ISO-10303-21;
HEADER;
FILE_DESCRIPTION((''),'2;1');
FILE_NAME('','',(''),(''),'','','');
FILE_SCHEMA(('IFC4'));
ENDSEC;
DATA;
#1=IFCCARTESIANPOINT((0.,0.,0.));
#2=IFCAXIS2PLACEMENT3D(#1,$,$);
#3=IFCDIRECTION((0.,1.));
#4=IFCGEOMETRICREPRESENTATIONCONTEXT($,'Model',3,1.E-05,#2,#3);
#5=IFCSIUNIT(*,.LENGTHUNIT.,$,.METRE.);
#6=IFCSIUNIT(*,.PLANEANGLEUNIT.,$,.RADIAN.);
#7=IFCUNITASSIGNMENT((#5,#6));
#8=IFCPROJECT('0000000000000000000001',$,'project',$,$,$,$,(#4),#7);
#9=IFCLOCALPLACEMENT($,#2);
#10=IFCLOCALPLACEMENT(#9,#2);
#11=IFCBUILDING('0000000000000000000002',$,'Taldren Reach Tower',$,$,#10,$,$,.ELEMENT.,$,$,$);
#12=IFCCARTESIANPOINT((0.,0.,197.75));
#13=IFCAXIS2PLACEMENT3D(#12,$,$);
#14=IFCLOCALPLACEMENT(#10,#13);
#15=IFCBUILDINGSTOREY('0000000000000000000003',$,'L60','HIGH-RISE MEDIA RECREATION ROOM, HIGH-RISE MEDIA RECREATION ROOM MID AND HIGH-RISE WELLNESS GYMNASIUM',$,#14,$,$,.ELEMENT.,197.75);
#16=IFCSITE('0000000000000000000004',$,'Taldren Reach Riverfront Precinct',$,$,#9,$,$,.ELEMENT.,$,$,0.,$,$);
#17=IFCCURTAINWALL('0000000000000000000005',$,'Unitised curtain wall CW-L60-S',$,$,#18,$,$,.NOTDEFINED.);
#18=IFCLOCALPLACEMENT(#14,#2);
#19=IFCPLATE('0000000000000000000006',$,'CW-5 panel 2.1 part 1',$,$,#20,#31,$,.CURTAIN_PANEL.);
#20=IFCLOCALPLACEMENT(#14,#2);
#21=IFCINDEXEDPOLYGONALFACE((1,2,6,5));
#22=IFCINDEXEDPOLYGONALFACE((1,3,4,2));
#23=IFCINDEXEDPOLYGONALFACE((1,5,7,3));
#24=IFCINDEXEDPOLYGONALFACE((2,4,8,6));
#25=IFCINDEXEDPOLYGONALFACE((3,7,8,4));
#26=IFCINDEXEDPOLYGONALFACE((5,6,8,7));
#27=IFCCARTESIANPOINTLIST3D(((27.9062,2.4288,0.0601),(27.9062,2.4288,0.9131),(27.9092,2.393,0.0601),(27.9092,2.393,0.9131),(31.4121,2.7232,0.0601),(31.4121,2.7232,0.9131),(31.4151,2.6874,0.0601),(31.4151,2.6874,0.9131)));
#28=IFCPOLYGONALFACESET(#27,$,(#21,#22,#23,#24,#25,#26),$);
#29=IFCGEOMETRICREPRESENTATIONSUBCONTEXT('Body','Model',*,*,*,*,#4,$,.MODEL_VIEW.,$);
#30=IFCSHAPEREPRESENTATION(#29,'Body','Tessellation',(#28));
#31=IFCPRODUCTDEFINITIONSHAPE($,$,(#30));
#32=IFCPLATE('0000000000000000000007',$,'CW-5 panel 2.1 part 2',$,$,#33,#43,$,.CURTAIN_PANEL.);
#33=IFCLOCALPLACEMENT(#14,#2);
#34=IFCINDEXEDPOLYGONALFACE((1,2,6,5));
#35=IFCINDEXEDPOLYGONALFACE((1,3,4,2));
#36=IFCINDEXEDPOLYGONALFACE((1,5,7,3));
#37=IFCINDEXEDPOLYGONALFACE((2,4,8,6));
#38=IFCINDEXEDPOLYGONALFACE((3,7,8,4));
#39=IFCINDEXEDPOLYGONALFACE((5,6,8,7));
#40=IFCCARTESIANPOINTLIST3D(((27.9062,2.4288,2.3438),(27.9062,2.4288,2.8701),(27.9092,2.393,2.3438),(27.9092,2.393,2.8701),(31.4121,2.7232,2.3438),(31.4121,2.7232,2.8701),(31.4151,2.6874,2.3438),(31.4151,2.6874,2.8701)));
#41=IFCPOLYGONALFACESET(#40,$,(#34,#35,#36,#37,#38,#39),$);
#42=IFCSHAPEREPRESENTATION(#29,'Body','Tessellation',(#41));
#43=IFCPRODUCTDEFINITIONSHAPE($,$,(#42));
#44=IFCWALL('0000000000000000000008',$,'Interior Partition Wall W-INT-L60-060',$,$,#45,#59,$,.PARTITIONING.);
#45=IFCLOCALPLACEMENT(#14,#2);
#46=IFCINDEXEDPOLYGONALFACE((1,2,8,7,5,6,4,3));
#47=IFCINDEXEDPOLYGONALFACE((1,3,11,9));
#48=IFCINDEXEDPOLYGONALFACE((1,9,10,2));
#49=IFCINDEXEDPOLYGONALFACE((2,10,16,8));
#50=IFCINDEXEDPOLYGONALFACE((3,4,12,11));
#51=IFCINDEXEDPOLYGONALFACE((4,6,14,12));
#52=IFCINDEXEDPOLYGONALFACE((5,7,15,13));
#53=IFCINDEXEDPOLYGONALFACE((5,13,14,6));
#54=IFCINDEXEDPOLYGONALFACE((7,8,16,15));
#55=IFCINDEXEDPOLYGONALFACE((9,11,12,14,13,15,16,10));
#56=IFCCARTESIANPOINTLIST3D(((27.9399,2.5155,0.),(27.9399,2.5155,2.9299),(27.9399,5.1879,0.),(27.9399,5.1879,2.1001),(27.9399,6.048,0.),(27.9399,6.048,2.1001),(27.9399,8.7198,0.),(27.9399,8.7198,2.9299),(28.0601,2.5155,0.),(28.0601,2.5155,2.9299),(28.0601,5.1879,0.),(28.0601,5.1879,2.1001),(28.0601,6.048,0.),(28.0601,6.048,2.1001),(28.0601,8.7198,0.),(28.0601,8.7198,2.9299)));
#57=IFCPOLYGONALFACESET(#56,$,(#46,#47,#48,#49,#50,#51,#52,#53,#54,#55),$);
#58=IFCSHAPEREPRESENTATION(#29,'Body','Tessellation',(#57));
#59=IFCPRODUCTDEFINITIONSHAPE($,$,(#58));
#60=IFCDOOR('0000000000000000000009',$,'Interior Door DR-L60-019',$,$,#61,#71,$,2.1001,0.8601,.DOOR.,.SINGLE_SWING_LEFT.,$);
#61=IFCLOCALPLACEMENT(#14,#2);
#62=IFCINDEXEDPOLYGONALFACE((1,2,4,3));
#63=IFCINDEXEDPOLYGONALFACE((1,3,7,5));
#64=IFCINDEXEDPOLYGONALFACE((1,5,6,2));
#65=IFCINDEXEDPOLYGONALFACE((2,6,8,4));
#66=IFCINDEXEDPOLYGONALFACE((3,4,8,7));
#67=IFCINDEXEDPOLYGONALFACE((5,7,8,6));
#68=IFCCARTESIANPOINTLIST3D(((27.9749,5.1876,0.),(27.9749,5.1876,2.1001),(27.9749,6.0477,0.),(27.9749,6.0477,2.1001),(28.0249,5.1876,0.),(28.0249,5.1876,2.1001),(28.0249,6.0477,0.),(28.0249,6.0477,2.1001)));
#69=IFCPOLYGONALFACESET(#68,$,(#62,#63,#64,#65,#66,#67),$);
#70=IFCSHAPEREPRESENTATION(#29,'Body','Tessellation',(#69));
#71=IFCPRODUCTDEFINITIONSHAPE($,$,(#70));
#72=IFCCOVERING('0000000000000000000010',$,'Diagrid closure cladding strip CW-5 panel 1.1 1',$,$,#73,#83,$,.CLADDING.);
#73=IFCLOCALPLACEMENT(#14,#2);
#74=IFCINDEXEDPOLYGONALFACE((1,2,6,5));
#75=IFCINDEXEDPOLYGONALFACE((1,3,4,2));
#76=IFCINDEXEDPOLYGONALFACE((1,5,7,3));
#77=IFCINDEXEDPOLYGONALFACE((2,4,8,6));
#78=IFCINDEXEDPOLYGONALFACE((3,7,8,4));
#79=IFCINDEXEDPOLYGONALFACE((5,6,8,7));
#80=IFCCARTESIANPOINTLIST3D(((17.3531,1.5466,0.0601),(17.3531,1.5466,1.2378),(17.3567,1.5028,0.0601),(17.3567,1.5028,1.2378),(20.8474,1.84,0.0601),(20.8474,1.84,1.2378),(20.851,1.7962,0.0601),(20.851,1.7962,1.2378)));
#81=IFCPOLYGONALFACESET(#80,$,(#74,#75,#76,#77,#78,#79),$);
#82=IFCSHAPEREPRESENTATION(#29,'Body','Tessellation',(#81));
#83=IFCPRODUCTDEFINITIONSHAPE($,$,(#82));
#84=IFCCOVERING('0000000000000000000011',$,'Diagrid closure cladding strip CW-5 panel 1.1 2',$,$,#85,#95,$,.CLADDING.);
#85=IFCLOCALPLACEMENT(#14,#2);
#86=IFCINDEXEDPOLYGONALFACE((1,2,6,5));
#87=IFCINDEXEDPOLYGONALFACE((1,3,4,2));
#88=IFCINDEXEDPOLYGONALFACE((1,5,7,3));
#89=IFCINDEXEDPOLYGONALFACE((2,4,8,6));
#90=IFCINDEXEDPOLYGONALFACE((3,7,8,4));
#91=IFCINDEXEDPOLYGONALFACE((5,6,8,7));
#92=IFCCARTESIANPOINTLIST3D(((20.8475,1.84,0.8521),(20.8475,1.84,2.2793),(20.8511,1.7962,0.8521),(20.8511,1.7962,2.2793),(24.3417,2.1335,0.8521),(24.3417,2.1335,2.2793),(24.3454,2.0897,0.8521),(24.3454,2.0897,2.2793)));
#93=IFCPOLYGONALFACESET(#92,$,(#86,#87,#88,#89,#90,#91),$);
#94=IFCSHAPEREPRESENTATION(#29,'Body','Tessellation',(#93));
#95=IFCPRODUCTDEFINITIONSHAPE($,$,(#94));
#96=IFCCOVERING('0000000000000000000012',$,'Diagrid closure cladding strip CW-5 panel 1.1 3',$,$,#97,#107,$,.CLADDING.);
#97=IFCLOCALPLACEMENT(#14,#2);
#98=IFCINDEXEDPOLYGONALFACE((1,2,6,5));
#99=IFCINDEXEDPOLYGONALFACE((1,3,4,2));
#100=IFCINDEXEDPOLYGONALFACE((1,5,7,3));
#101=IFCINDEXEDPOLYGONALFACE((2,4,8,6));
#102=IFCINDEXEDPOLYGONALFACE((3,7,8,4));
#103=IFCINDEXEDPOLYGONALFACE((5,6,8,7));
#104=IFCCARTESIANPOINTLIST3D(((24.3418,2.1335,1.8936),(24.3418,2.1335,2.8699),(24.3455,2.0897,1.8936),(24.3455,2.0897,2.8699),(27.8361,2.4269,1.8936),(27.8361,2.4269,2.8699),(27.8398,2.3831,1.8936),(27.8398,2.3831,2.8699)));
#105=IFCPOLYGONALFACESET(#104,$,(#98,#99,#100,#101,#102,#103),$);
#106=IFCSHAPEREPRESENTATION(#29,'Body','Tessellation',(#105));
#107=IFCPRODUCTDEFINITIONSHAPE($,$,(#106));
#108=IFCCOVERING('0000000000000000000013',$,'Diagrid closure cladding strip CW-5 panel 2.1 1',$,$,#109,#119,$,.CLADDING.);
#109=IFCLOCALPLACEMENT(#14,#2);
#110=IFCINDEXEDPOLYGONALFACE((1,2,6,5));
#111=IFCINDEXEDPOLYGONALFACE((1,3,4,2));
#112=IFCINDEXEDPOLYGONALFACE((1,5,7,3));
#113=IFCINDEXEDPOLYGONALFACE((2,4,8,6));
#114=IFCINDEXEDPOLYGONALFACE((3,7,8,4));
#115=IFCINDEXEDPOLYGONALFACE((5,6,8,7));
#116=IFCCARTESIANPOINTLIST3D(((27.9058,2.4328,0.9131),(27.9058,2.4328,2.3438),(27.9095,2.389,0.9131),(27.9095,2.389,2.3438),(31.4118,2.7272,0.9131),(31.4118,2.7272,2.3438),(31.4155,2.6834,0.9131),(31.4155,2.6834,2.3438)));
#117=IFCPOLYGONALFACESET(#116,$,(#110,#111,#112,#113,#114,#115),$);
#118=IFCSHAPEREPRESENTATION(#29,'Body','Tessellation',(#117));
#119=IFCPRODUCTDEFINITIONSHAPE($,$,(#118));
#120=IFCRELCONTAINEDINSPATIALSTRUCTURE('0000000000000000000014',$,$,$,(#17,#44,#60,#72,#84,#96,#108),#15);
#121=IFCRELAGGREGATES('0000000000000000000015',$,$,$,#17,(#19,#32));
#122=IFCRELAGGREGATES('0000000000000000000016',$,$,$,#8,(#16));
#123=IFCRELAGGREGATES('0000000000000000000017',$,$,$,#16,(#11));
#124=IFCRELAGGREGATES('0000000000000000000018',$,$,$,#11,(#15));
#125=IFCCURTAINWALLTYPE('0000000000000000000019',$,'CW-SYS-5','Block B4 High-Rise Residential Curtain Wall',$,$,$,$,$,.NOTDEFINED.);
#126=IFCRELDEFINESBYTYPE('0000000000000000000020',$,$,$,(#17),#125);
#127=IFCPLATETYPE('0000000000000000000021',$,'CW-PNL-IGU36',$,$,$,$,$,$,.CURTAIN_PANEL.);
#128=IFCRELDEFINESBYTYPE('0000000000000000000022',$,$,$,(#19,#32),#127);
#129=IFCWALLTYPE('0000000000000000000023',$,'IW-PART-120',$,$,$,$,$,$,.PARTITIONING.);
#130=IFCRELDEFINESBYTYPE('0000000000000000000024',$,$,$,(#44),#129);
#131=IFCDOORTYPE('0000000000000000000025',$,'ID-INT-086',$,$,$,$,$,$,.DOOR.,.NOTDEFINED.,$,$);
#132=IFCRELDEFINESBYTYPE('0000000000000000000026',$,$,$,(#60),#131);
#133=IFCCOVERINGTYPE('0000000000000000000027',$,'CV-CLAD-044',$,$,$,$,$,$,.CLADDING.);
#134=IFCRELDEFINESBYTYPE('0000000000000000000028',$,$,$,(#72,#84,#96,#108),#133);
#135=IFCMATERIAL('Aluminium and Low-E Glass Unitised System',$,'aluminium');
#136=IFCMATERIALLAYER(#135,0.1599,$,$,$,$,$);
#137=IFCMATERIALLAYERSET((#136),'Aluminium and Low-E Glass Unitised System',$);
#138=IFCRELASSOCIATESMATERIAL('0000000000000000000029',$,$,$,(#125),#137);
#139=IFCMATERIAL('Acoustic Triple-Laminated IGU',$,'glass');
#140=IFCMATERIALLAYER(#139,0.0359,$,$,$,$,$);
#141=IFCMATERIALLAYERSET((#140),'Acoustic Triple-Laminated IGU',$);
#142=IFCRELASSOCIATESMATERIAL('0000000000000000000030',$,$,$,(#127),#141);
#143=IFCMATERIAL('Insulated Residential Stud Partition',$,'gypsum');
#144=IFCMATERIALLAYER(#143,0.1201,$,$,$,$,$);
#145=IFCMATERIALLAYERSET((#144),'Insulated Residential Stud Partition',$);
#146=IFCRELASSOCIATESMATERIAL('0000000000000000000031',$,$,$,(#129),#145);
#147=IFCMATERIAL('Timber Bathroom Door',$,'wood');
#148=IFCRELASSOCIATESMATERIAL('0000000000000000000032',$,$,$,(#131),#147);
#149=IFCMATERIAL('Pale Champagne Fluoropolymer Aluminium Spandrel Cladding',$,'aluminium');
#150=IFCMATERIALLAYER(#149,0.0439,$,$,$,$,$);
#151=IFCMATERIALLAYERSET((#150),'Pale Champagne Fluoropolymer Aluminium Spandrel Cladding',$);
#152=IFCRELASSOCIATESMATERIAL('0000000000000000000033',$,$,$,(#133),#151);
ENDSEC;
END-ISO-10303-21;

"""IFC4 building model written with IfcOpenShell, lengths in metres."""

from ifc_helpers import new_model, si_unit, direction, frame, frame_2d, origin, origin_2d, place, context, subcontext, project, spatial, rectangle, extrude, source, transform, mapped, material, layer, layer_set, type_object, element, fill, aggregate, save


model = new_model("IFC4")

# Units and contexts
model_context = context("Model", 3, precision=1e-05, world=origin(), true_north=direction((0.0, 1.0)))
body_context = subcontext(model_context, "Body", "Model", "MODEL_VIEW")
ifc_project = project(units=[si_unit("LENGTHUNIT", "METRE"), si_unit("PLANEANGLEUNIT", "RADIAN")], contexts=[model_context])

# Site, building, storey
site_placement = place(None, origin())
site = spatial("IfcSite", under=ifc_project, at=site_placement, Name="Taldren Reach Riverfront Precinct", CompositionType="ELEMENT", RefElevation=0.0)
building_placement = place(site_placement, origin())
building = spatial("IfcBuilding", under=site, at=building_placement, Name="Taldren Reach Tower", CompositionType="ELEMENT")
storey_placement = place(building_placement, frame((0.0, 0.0, 197.75)))
storey = spatial("IfcBuildingStorey", under=building, at=storey_placement, Name="L60", Description="HIGH-RISE MEDIA RECREATION ROOM, HIGH-RISE MEDIA RECREATION ROOM MID AND HIGH-RISE WELLNESS GYMNASIUM", CompositionType="ELEMENT", Elevation=197.75)

# Curtain wall
ifc_material_1 = material(Name="Aluminium and Low-E Glass Unitised System", Category="aluminium")
ifc_layer_1 = layer(ifc_material_1, 0.1599)
ifc_layer_set_1 = layer_set([ifc_layer_1], Name="Aluminium and Low-E Glass Unitised System")
curtain_wall_type = type_object("IfcCurtainWallType", Name="CW-SYS-5", Description="Block B4 High-Rise Residential Curtain Wall", PredefinedType="NOTDEFINED", material=ifc_layer_set_1)
curtain_wall_placement = place(storey_placement, origin())
curtain_wall = element("IfcCurtainWall", 1, at=curtain_wall_placement, inside=storey, type_object=curtain_wall_type, Name="Unitised curtain wall CW-L60-S", PredefinedType="NOTDEFINED")

# Plates
ifc_material_2 = material(Name="Acoustic Triple-Laminated IGU", Category="glass")
ifc_layer_2 = layer(ifc_material_2, 0.0359)
ifc_layer_set_2 = layer_set([ifc_layer_2], Name="Acoustic Triple-Laminated IGU")
plate_type_1 = type_object("IfcPlateType", Name="CW-PNL-IGU36", PredefinedType="CURTAIN_PANEL", material=ifc_layer_set_2)
shared_shape_1 = source(origin(), body_context, "Body", "SweptSolid", [
    extrude(rectangle(XDim=3.5183, YDim=0.0359, at=origin_2d()), origin(), (0.0, 0.0, 1.0), 0.853),
])
plate_1_placement = place(storey_placement, frame((29.6606, 2.5581, 0.0601), z_axis=(0.0, 0.0, 1.0), x_axis=(0.996493, 0.083678, 0.0)))
plate_1 = element("IfcPlate", 2, at=plate_1_placement, type_object=plate_type_1, Name="CW-5 panel 2.1 part 1", PredefinedType="CURTAIN_PANEL", context=body_context, shape_type="MappedRepresentation", body=[
    mapped(shared_shape_1, transform((0.0, 0.0, 0.0), scale=1.0)),
])
shared_shape_2 = source(origin(), body_context, "Body", "SweptSolid", [
    extrude(rectangle(XDim=3.5183, YDim=0.0359, at=origin_2d()), origin(), (0.0, 0.0, 1.0), 0.5264),
])
plate_2_placement = place(storey_placement, frame((29.6606, 2.5581, 2.3438), z_axis=(0.0, 0.0, 1.0), x_axis=(0.996493, 0.083678, 0.0)))
plate_2 = element("IfcPlate", 3, at=plate_2_placement, type_object=plate_type_1, Name="CW-5 panel 2.1 part 2", PredefinedType="CURTAIN_PANEL", context=body_context, shape_type="MappedRepresentation", body=[
    mapped(shared_shape_2, transform((0.0, 0.0, 0.0), scale=1.0)),
])
aggregate(curtain_wall, [plate_1, plate_2])

# Wall, opening, door
ifc_material_3 = material(Name="Insulated Residential Stud Partition", Category="gypsum")
ifc_layer_3 = layer(ifc_material_3, 0.1201)
ifc_layer_set_3 = layer_set([ifc_layer_3], Name="Insulated Residential Stud Partition")
wall_type = type_object("IfcWallType", Name="IW-PART-120", PredefinedType="PARTITIONING", material=ifc_layer_set_3)
shared_shape_3 = source(origin(), body_context, "Body", "SweptSolid", [
    extrude(rectangle(XDim=6.2043, YDim=0.1201, at=frame_2d((3.1021, 0.0))), origin(), (0.0, 0.0, 1.0), 2.9299),
])
wall_placement = place(storey_placement, frame((28.0, 2.5156, 0.0), z_axis=(0.0, 0.0, 1.0), x_axis=(0.0, 1.0, 0.0)))
wall = element("IfcWall", 4, at=wall_placement, inside=storey, type_object=wall_type, Name="Interior Partition Wall W-INT-L60-060", PredefinedType="PARTITIONING", context=body_context, shape_type="MappedRepresentation", body=[
    mapped(shared_shape_3, transform((0.0, 0.0, 0.0), scale=1.0)),
])
shared_shape_4 = source(origin(), body_context, "Body", "SweptSolid", [
    extrude(rectangle(XDim=0.8601, YDim=2.1001, at=frame_2d((0.4302, 1.05))), frame((0.0, 0.0701, 0.0), z_axis=(0.0, -1.0, 0.0), x_axis=(1.0, 0.0, 0.0)), (0.0, 0.0, 1.0), 0.1401),
])
opening_placement = place(wall_placement, frame((2.6721, 0.0, 0.0)))
opening = element("IfcOpeningElement", 5, at=opening_placement, cuts=wall, PredefinedType="OPENING", context=body_context, shape_type="MappedRepresentation", body=[
    mapped(shared_shape_4, transform((0.0, 0.0, 0.0), scale=1.0)),
])
ifc_material_4 = material(Name="Timber Bathroom Door", Category="wood")
door_type = type_object("IfcDoorType", Name="ID-INT-086", OperationType="NOTDEFINED", PredefinedType="DOOR", material=ifc_material_4)
shared_shape_5 = source(origin(), body_context, "Body", "SweptSolid", [
    extrude(rectangle(XDim=0.8601, YDim=2.1001, at=frame_2d((0.4302, 1.05))), frame((0.0, 0.0249, 0.0), z_axis=(0.0, -1.0, 0.0), x_axis=(1.0, 0.0, 0.0)), (0.0, 0.0, 1.0), 0.05),
])
door_placement = place(opening_placement, frame((0.8601, 0.0, 0.0), z_axis=(0.0, 0.0, 1.0), x_axis=(-1.0, 0.0, 0.0)))
door = element("IfcDoor", 6, at=door_placement, inside=storey, type_object=door_type, Name="Interior Door DR-L60-019", OperationType="SINGLE_SWING_LEFT", OverallHeight=2.1001, OverallWidth=0.8601, PredefinedType="DOOR", context=body_context, shape_type="MappedRepresentation", body=[
    mapped(shared_shape_5, transform((0.0, 0.0, 0.0), scale=1.0)),
])
fill(opening, door)

# Coverings
ifc_material_5 = material(Name="Pale Champagne Fluoropolymer Aluminium Spandrel Cladding", Category="aluminium")
ifc_layer_4 = layer(ifc_material_5, 0.0439)
ifc_layer_set_4 = layer_set([ifc_layer_4], Name="Pale Champagne Fluoropolymer Aluminium Spandrel Cladding")
covering_type = type_object("IfcCoveringType", Name="CV-CLAD-044", PredefinedType="CLADDING", material=ifc_layer_set_4)
shared_shape_6 = source(origin(), body_context, "Body", "SweptSolid", [
    extrude(rectangle(XDim=3.5066, YDim=0.0439, at=origin_2d()), origin(), (0.0, 0.0, 1.0), 1.1777),
])
covering_1_placement = place(storey_placement, frame((19.1021, 1.6714, 0.0601), z_axis=(0.0, 0.0, 1.0), x_axis=(0.996493, 0.083678, 0.0)))
element("IfcCovering", 7, at=covering_1_placement, inside=storey, type_object=covering_type, Name="Diagrid closure cladding strip CW-5 panel 1.1 1", PredefinedType="CLADDING", context=body_context, shape_type="MappedRepresentation", body=[
    mapped(shared_shape_6, transform((0.0, 0.0, 0.0), scale=1.0)),
])
shared_shape_7 = source(origin(), body_context, "Body", "SweptSolid", [
    extrude(rectangle(XDim=3.5066, YDim=0.0439, at=origin_2d()), origin(), (0.0, 0.0, 1.0), 1.4272),
])
covering_2_placement = place(storey_placement, frame((22.5964, 1.9648, 0.8521), z_axis=(0.0, 0.0, 1.0), x_axis=(0.996493, 0.083678, 0.0)))
element("IfcCovering", 8, at=covering_2_placement, inside=storey, type_object=covering_type, Name="Diagrid closure cladding strip CW-5 panel 1.1 2", PredefinedType="CLADDING", context=body_context, shape_type="MappedRepresentation", body=[
    mapped(shared_shape_7, transform((0.0, 0.0, 0.0), scale=1.0)),
])
shared_shape_8 = source(origin(), body_context, "Body", "SweptSolid", [
    extrude(rectangle(XDim=3.5066, YDim=0.0439, at=origin_2d()), origin(), (0.0, 0.0, 1.0), 0.9763),
])
covering_3_placement = place(storey_placement, frame((26.0908, 2.2583, 1.8936), z_axis=(0.0, 0.0, 1.0), x_axis=(0.996493, 0.083678, 0.0)))
element("IfcCovering", 9, at=covering_3_placement, inside=storey, type_object=covering_type, Name="Diagrid closure cladding strip CW-5 panel 1.1 3", PredefinedType="CLADDING", context=body_context, shape_type="MappedRepresentation", body=[
    mapped(shared_shape_8, transform((0.0, 0.0, 0.0), scale=1.0)),
])
shared_shape_9 = source(origin(), body_context, "Body", "SweptSolid", [
    extrude(rectangle(XDim=3.5183, YDim=0.0439, at=origin_2d()), origin(), (0.0, 0.0, 1.0), 1.4307),
])
covering_4_placement = place(storey_placement, frame((29.6606, 2.5581, 0.9131), z_axis=(0.0, 0.0, 1.0), x_axis=(0.996493, 0.083678, 0.0)))
element("IfcCovering", 10, at=covering_4_placement, inside=storey, type_object=covering_type, Name="Diagrid closure cladding strip CW-5 panel 2.1 1", PredefinedType="CLADDING", context=body_context, shape_type="MappedRepresentation", body=[
    mapped(shared_shape_9, transform((0.0, 0.0, 0.0), scale=1.0)),
])

save(model, "model.ifc")
